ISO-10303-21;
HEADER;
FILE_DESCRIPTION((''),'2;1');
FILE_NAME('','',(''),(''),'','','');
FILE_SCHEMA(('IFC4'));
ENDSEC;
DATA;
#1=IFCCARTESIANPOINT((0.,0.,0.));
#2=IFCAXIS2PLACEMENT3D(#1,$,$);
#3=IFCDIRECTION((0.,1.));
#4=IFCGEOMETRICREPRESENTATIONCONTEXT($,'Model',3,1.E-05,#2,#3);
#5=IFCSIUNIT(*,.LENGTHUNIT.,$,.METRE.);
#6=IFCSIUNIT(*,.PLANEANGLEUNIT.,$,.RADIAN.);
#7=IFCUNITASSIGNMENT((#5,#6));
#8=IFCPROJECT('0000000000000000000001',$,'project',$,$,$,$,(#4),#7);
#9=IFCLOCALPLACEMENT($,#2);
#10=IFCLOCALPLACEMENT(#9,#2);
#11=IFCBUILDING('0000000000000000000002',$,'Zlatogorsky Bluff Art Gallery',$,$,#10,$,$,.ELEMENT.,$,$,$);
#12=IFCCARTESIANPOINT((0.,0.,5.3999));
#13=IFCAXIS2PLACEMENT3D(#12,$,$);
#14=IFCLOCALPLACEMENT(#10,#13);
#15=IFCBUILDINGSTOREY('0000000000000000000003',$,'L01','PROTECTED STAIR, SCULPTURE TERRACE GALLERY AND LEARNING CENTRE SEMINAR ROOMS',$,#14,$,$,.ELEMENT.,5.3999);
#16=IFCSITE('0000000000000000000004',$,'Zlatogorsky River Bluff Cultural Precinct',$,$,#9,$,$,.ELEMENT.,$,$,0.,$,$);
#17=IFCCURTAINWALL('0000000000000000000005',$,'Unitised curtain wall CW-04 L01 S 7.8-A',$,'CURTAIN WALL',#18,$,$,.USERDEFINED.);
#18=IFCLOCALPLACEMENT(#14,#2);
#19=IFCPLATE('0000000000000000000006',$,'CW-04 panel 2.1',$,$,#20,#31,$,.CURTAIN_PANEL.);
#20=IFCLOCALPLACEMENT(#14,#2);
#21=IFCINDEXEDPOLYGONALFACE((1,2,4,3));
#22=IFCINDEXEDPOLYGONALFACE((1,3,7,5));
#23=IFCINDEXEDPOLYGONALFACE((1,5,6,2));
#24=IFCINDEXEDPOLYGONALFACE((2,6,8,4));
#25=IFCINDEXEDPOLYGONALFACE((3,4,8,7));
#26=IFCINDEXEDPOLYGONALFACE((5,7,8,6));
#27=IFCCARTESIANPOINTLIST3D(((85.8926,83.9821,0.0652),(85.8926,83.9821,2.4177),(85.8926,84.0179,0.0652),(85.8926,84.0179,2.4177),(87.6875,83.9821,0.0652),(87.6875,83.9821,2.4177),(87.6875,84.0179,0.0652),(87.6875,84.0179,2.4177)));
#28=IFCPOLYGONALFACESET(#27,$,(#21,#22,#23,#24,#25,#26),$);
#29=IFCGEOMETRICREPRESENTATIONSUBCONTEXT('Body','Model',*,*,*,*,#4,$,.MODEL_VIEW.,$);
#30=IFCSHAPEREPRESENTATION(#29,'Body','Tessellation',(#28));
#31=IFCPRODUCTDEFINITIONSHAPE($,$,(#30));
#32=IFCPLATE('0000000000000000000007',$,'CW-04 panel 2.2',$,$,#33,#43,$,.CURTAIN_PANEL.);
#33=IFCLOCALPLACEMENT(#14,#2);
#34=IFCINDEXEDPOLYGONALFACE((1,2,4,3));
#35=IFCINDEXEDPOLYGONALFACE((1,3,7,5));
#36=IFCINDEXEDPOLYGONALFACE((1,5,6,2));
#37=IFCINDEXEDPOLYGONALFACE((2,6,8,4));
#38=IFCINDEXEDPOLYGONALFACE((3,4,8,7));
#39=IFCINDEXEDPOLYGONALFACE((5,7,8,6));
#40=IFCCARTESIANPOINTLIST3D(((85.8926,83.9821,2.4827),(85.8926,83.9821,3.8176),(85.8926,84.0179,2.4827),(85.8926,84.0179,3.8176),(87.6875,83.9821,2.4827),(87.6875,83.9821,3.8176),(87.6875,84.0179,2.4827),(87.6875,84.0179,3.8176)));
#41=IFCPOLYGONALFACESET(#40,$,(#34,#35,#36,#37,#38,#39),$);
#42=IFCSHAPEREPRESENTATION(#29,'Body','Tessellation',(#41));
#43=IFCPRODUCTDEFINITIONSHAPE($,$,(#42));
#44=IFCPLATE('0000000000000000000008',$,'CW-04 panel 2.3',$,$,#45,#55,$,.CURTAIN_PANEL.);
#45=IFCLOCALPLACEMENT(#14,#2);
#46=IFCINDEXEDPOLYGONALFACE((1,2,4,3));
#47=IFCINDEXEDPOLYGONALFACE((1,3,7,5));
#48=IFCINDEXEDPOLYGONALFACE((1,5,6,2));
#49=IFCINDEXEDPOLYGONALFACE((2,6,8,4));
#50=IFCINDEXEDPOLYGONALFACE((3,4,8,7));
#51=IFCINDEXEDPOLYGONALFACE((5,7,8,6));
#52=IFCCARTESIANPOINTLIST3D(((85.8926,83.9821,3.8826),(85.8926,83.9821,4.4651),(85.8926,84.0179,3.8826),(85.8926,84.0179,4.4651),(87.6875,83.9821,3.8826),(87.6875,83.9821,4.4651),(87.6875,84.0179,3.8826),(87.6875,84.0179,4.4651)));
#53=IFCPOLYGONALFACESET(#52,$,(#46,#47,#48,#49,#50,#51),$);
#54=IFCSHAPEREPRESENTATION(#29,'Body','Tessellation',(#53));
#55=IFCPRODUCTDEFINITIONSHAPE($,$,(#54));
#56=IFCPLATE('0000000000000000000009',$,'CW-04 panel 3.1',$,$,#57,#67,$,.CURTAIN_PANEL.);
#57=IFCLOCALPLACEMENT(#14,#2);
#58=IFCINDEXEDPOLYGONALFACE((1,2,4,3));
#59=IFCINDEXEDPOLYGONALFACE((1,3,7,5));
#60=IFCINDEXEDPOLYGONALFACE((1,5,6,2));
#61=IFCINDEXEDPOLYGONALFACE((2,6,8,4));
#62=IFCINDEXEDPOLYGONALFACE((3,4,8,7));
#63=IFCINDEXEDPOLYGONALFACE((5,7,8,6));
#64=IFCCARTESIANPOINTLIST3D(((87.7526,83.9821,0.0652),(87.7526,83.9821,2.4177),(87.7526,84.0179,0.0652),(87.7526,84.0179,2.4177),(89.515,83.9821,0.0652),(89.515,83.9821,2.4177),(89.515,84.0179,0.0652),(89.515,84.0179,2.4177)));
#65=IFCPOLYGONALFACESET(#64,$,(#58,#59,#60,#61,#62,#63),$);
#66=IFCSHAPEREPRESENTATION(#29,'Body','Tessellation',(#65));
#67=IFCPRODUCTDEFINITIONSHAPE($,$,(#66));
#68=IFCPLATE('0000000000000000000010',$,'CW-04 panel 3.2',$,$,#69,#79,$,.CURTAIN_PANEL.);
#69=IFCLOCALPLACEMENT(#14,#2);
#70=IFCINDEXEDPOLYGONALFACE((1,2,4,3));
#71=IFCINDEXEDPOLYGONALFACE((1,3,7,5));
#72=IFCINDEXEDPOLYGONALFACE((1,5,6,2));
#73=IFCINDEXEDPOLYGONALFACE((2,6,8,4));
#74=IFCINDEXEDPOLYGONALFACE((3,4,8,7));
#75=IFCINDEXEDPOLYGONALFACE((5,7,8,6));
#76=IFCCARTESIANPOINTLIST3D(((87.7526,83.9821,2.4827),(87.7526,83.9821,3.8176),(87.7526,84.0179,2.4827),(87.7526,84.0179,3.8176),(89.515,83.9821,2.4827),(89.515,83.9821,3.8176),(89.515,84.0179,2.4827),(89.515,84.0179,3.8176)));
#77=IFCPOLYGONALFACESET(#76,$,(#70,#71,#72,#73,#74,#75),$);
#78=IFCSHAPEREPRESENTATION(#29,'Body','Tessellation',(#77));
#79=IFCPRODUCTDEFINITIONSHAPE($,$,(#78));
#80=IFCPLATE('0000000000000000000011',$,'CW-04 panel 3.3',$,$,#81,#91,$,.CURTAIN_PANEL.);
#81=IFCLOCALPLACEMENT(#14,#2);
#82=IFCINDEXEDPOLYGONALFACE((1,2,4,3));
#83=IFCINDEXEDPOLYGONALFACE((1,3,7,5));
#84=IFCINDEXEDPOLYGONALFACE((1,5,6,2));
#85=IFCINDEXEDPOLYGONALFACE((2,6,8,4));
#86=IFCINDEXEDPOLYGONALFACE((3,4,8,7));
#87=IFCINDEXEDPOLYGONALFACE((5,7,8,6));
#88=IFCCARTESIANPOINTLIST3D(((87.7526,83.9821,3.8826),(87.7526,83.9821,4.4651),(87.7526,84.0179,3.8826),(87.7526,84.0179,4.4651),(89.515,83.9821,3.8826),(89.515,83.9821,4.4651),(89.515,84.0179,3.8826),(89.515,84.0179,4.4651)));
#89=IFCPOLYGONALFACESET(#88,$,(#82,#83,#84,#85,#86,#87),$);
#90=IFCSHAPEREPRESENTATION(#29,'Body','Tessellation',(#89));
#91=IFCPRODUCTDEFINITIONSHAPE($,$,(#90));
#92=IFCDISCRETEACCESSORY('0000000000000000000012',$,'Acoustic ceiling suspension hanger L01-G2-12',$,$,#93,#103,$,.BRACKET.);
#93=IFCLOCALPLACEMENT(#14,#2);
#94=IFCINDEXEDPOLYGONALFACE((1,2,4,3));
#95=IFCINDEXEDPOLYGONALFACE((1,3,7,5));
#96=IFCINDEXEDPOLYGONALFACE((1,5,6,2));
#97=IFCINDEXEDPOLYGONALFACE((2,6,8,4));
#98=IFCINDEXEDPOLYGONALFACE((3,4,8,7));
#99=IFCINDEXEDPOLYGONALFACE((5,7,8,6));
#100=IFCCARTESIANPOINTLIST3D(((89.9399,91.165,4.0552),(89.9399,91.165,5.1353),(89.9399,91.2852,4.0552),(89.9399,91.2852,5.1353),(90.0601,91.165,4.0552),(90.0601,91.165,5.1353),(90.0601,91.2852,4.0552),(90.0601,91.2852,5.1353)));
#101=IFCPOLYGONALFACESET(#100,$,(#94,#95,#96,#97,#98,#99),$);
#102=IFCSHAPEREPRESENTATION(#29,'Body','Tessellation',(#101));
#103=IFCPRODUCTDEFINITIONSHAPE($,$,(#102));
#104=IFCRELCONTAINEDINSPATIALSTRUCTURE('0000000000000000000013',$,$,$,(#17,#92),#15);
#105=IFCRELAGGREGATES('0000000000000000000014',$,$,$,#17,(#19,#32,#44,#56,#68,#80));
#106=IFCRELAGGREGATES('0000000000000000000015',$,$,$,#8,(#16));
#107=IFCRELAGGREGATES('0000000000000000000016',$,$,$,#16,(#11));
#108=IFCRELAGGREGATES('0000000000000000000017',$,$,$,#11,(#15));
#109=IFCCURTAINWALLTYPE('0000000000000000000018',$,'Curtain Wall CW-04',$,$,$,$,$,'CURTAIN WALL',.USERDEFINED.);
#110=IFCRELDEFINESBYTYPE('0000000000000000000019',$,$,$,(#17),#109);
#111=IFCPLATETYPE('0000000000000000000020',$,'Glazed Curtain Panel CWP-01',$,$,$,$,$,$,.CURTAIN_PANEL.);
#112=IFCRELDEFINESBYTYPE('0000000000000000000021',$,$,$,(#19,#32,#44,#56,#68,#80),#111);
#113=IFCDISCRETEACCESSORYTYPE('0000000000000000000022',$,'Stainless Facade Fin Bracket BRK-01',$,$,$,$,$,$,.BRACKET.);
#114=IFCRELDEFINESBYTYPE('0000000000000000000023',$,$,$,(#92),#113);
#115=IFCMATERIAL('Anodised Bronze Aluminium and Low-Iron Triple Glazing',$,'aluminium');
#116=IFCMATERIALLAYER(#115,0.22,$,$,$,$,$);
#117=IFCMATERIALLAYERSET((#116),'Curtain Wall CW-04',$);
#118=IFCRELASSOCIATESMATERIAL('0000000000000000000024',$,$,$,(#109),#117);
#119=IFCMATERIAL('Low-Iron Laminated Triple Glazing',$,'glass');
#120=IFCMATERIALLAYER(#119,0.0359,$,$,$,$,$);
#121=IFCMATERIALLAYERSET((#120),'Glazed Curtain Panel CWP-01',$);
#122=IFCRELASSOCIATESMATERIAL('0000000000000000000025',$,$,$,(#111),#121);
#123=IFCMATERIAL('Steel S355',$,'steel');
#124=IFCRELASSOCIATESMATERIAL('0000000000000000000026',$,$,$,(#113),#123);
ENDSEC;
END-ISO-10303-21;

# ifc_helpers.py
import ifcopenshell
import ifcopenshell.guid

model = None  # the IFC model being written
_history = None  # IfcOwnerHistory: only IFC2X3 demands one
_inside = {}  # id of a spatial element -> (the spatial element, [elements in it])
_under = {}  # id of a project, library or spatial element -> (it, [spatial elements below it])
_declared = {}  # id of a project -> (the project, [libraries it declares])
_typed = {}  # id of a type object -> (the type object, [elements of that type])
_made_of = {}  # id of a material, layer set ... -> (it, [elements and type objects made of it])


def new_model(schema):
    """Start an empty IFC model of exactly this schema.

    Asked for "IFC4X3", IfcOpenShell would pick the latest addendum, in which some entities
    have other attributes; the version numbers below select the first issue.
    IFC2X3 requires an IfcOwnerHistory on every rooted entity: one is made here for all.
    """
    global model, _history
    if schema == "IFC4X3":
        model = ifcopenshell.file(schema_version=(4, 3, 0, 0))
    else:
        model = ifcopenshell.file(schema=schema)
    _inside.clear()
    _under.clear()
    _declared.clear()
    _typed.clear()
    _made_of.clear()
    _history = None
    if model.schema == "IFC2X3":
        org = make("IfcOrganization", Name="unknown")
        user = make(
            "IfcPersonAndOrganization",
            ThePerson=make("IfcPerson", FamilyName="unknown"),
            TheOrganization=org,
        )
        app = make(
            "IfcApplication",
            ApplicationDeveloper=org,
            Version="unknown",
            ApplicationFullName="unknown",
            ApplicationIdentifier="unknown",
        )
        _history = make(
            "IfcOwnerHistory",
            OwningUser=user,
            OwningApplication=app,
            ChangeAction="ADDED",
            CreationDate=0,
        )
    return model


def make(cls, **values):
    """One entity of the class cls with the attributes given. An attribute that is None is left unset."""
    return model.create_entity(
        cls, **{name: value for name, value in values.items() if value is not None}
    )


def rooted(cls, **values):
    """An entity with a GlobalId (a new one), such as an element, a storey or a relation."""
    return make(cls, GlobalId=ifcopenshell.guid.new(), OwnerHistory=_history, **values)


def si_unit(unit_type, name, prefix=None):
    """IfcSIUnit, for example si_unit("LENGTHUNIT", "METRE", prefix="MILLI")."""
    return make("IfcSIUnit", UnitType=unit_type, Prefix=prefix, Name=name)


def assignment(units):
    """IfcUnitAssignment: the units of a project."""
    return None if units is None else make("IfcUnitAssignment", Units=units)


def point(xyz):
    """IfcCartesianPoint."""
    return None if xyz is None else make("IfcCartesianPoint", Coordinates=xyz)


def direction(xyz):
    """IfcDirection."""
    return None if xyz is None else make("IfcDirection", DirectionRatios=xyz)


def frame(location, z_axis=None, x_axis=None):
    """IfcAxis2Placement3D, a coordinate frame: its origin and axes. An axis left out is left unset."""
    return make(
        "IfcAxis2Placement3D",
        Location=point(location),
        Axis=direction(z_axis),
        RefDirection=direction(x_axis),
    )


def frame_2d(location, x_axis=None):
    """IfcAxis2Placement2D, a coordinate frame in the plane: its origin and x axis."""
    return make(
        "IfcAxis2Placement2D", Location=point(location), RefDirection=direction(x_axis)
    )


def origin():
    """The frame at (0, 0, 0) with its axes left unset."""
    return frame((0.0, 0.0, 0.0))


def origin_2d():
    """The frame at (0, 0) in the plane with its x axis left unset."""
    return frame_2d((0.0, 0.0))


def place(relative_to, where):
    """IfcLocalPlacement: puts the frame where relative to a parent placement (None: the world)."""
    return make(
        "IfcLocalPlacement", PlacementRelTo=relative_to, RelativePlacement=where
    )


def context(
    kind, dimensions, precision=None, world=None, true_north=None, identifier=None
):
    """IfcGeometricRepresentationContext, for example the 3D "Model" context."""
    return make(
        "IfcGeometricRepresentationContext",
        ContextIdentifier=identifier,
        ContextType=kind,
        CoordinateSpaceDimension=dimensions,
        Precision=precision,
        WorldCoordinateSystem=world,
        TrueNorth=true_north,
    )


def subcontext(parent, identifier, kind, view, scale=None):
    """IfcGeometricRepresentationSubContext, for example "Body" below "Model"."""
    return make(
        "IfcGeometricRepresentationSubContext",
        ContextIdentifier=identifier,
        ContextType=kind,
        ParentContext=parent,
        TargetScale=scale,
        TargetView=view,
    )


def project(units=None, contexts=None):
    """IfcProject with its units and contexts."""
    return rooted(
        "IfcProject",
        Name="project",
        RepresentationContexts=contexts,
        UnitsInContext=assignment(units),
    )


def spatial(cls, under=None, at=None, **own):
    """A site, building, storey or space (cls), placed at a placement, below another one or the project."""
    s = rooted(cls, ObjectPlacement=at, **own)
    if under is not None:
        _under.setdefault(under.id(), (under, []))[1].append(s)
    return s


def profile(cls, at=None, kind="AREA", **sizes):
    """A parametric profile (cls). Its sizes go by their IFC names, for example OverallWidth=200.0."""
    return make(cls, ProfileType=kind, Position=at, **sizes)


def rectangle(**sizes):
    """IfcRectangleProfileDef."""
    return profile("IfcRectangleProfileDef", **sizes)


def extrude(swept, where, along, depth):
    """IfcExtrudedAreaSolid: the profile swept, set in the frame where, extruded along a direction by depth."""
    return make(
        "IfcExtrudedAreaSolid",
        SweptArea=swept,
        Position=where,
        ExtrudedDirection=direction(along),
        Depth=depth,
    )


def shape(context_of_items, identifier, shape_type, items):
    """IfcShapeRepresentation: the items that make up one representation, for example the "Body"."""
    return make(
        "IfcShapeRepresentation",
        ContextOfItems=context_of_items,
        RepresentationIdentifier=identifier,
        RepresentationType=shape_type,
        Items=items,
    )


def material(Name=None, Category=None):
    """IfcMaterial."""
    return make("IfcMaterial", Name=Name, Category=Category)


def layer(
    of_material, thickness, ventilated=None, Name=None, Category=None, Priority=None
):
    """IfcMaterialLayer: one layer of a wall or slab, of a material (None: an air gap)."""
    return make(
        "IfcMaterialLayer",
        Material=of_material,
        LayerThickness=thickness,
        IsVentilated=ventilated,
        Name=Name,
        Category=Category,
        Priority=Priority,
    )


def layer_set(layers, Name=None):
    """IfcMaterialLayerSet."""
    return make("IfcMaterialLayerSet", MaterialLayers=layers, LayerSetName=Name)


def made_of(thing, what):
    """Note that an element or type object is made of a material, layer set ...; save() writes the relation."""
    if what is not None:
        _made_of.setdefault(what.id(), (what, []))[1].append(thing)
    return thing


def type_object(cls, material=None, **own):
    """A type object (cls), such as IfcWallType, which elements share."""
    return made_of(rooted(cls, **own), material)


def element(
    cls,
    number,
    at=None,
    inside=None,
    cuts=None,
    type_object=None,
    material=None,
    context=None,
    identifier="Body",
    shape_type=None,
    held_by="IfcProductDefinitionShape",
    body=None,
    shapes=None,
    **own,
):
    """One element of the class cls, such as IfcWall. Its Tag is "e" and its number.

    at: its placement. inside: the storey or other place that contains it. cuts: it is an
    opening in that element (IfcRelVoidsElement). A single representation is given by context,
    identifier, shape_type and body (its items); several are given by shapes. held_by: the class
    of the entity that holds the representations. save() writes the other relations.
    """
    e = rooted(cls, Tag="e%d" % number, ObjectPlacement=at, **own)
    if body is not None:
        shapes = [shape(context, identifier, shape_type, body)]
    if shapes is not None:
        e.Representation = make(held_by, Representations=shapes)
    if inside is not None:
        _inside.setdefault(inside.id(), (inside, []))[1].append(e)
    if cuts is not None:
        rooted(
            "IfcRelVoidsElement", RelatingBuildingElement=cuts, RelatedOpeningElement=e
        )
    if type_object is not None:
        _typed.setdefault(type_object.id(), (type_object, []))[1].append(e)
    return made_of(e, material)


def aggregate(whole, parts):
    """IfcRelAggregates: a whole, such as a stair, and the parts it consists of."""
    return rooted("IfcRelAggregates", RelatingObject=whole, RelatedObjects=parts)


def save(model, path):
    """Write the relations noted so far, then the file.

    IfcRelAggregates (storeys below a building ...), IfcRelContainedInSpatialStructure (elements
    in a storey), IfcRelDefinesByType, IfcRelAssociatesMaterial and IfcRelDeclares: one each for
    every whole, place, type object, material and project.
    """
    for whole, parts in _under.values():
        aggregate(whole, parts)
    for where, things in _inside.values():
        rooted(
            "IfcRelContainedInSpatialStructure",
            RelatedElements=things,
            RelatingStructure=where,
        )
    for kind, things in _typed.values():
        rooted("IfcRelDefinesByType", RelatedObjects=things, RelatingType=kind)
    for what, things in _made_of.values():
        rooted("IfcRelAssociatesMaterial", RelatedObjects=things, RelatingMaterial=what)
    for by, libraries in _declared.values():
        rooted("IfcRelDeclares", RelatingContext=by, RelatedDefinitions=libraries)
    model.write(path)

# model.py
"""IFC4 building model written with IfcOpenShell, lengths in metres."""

from ifc_helpers import new_model, si_unit, direction, frame, origin, origin_2d, place, context, subcontext, project, spatial, rectangle, extrude, material, layer, layer_set, type_object, element, aggregate, save


model = new_model("IFC4")

# Units and contexts
model_context = context("Model", 3, precision=1e-05, world=origin(), true_north=direction((0.0, 1.0)))
body_context = subcontext(model_context, "Body", "Model", "MODEL_VIEW")
ifc_project = project(units=[si_unit("LENGTHUNIT", "METRE"), si_unit("PLANEANGLEUNIT", "RADIAN")], contexts=[model_context])

# Site, building, storey
site_placement = place(None, origin())
site = spatial("IfcSite", under=ifc_project, at=site_placement, Name="Zlatogorsky River Bluff Cultural Precinct", CompositionType="ELEMENT", RefElevation=0.0)
building_placement = place(site_placement, origin())
building = spatial("IfcBuilding", under=site, at=building_placement, Name="Zlatogorsky Bluff Art Gallery", CompositionType="ELEMENT")
storey_placement = place(building_placement, frame((0.0, 0.0, 5.3999)))
storey = spatial("IfcBuildingStorey", under=building, at=storey_placement, Name="L01", Description="PROTECTED STAIR, SCULPTURE TERRACE GALLERY AND LEARNING CENTRE SEMINAR ROOMS", CompositionType="ELEMENT", Elevation=5.3999)

# Shared definitions
ifc_material_1 = material(Name="Steel S355", Category="steel")

# Curtain wall
ifc_material_2 = material(Name="Anodised Bronze Aluminium and Low-Iron Triple Glazing", Category="aluminium")
ifc_layer_1 = layer(ifc_material_2, 0.22)
ifc_layer_set_1 = layer_set([ifc_layer_1], Name="Curtain Wall CW-04")
curtain_wall_type = type_object("IfcCurtainWallType", Name="Curtain Wall CW-04", ElementType="CURTAIN WALL", PredefinedType="USERDEFINED", material=ifc_layer_set_1)
curtain_wall_1_placement = place(storey_placement, origin())
curtain_wall_1 = element("IfcCurtainWall", 1, at=curtain_wall_1_placement, inside=storey, type_object=curtain_wall_type, Name="Unitised curtain wall CW-04 L01 S 7.8-A", ObjectType="CURTAIN WALL", PredefinedType="USERDEFINED")

# Plates
ifc_material_3 = material(Name="Low-Iron Laminated Triple Glazing", Category="glass")
ifc_layer_2 = layer(ifc_material_3, 0.0359)
ifc_layer_set_2 = layer_set([ifc_layer_2], Name="Glazed Curtain Panel CWP-01")
plate_type = type_object("IfcPlateType", Name="Glazed Curtain Panel CWP-01", PredefinedType="CURTAIN_PANEL", material=ifc_layer_set_2)
plate_1_placement = place(storey_placement, frame((86.79, 84.0, 0.0652), z_axis=(0.0, 0.0, 1.0), x_axis=(1.0, 0.0, 0.0)))
plate_1 = element("IfcPlate", 2, at=plate_1_placement, type_object=plate_type, Name="CW-04 panel 2.1", PredefinedType="CURTAIN_PANEL", context=body_context, shape_type="SweptSolid", body=[
    extrude(rectangle(XDim=1.7949, YDim=0.0359, at=origin_2d()), origin(), (0.0, 0.0, 1.0), 2.3525),
])
plate_2_placement = place(storey_placement, frame((86.79, 84.0, 2.4827), z_axis=(0.0, 0.0, 1.0), x_axis=(1.0, 0.0, 0.0)))
plate_2 = element("IfcPlate", 3, at=plate_2_placement, type_object=plate_type, Name="CW-04 panel 2.2", PredefinedType="CURTAIN_PANEL", context=body_context, shape_type="SweptSolid", body=[
    extrude(rectangle(XDim=1.7949, YDim=0.0359, at=origin_2d()), origin(), (0.0, 0.0, 1.0), 1.335),
])
plate_3_placement = place(storey_placement, frame((86.79, 84.0, 3.8826), z_axis=(0.0, 0.0, 1.0), x_axis=(1.0, 0.0, 0.0)))
plate_3 = element("IfcPlate", 4, at=plate_3_placement, type_object=plate_type, Name="CW-04 panel 2.3", PredefinedType="CURTAIN_PANEL", context=body_context, shape_type="SweptSolid", body=[
    extrude(rectangle(XDim=1.7949, YDim=0.0359, at=origin_2d()), origin(), (0.0, 0.0, 1.0), 0.5825),
])
plate_4_placement = place(storey_placement, frame((88.6338, 84.0, 0.0652), z_axis=(0.0, 0.0, 1.0), x_axis=(1.0, 0.0, 0.0)))
plate_4 = element("IfcPlate", 5, at=plate_4_placement, type_object=plate_type, Name="CW-04 panel 3.1", PredefinedType="CURTAIN_PANEL", context=body_context, shape_type="SweptSolid", body=[
    extrude(rectangle(XDim=1.7625, YDim=0.0359, at=origin_2d()), origin(), (0.0, 0.0, 1.0), 2.3525),
])
plate_5_placement = place(storey_placement, frame((88.6338, 84.0, 2.4827), z_axis=(0.0, 0.0, 1.0), x_axis=(1.0, 0.0, 0.0)))
plate_5 = element("IfcPlate", 6, at=plate_5_placement, type_object=plate_type, Name="CW-04 panel 3.2", PredefinedType="CURTAIN_PANEL", context=body_context, shape_type="SweptSolid", body=[
    extrude(rectangle(XDim=1.7625, YDim=0.0359, at=origin_2d()), origin(), (0.0, 0.0, 1.0), 1.335),
])
plate_6_placement = place(storey_placement, frame((88.6338, 84.0, 3.8826), z_axis=(0.0, 0.0, 1.0), x_axis=(1.0, 0.0, 0.0)))
plate_6 = element("IfcPlate", 7, at=plate_6_placement, type_object=plate_type, Name="CW-04 panel 3.3", PredefinedType="CURTAIN_PANEL", context=body_context, shape_type="SweptSolid", body=[
    extrude(rectangle(XDim=1.7625, YDim=0.0359, at=origin_2d()), origin(), (0.0, 0.0, 1.0), 0.5825),
])
aggregate(curtain_wall_1, [plate_1, plate_2, plate_3, plate_4, plate_5, plate_6])

# Discrete accessory
discrete_accessory_type = type_object("IfcDiscreteAccessoryType", Name="Stainless Facade Fin Bracket BRK-01", PredefinedType="BRACKET", material=ifc_material_1)
discrete_accessory_placement = place(storey_placement, frame((90.0, 91.2251, 4.0552), z_axis=(0.0, 0.0, 1.0), x_axis=(1.0, 0.0, 0.0)))
element("IfcDiscreteAccessory", 8, at=discrete_accessory_placement, inside=storey, type_object=discrete_accessory_type, Name="Acoustic ceiling suspension hanger L01-G2-12", PredefinedType="BRACKET", context=body_context, shape_type="SweptSolid", body=[
    extrude(rectangle(XDim=0.1201, YDim=0.1201, at=origin_2d()), origin(), (0.0, 0.0, 1.0), 1.0801),
])

save(model, "model.ifc")
